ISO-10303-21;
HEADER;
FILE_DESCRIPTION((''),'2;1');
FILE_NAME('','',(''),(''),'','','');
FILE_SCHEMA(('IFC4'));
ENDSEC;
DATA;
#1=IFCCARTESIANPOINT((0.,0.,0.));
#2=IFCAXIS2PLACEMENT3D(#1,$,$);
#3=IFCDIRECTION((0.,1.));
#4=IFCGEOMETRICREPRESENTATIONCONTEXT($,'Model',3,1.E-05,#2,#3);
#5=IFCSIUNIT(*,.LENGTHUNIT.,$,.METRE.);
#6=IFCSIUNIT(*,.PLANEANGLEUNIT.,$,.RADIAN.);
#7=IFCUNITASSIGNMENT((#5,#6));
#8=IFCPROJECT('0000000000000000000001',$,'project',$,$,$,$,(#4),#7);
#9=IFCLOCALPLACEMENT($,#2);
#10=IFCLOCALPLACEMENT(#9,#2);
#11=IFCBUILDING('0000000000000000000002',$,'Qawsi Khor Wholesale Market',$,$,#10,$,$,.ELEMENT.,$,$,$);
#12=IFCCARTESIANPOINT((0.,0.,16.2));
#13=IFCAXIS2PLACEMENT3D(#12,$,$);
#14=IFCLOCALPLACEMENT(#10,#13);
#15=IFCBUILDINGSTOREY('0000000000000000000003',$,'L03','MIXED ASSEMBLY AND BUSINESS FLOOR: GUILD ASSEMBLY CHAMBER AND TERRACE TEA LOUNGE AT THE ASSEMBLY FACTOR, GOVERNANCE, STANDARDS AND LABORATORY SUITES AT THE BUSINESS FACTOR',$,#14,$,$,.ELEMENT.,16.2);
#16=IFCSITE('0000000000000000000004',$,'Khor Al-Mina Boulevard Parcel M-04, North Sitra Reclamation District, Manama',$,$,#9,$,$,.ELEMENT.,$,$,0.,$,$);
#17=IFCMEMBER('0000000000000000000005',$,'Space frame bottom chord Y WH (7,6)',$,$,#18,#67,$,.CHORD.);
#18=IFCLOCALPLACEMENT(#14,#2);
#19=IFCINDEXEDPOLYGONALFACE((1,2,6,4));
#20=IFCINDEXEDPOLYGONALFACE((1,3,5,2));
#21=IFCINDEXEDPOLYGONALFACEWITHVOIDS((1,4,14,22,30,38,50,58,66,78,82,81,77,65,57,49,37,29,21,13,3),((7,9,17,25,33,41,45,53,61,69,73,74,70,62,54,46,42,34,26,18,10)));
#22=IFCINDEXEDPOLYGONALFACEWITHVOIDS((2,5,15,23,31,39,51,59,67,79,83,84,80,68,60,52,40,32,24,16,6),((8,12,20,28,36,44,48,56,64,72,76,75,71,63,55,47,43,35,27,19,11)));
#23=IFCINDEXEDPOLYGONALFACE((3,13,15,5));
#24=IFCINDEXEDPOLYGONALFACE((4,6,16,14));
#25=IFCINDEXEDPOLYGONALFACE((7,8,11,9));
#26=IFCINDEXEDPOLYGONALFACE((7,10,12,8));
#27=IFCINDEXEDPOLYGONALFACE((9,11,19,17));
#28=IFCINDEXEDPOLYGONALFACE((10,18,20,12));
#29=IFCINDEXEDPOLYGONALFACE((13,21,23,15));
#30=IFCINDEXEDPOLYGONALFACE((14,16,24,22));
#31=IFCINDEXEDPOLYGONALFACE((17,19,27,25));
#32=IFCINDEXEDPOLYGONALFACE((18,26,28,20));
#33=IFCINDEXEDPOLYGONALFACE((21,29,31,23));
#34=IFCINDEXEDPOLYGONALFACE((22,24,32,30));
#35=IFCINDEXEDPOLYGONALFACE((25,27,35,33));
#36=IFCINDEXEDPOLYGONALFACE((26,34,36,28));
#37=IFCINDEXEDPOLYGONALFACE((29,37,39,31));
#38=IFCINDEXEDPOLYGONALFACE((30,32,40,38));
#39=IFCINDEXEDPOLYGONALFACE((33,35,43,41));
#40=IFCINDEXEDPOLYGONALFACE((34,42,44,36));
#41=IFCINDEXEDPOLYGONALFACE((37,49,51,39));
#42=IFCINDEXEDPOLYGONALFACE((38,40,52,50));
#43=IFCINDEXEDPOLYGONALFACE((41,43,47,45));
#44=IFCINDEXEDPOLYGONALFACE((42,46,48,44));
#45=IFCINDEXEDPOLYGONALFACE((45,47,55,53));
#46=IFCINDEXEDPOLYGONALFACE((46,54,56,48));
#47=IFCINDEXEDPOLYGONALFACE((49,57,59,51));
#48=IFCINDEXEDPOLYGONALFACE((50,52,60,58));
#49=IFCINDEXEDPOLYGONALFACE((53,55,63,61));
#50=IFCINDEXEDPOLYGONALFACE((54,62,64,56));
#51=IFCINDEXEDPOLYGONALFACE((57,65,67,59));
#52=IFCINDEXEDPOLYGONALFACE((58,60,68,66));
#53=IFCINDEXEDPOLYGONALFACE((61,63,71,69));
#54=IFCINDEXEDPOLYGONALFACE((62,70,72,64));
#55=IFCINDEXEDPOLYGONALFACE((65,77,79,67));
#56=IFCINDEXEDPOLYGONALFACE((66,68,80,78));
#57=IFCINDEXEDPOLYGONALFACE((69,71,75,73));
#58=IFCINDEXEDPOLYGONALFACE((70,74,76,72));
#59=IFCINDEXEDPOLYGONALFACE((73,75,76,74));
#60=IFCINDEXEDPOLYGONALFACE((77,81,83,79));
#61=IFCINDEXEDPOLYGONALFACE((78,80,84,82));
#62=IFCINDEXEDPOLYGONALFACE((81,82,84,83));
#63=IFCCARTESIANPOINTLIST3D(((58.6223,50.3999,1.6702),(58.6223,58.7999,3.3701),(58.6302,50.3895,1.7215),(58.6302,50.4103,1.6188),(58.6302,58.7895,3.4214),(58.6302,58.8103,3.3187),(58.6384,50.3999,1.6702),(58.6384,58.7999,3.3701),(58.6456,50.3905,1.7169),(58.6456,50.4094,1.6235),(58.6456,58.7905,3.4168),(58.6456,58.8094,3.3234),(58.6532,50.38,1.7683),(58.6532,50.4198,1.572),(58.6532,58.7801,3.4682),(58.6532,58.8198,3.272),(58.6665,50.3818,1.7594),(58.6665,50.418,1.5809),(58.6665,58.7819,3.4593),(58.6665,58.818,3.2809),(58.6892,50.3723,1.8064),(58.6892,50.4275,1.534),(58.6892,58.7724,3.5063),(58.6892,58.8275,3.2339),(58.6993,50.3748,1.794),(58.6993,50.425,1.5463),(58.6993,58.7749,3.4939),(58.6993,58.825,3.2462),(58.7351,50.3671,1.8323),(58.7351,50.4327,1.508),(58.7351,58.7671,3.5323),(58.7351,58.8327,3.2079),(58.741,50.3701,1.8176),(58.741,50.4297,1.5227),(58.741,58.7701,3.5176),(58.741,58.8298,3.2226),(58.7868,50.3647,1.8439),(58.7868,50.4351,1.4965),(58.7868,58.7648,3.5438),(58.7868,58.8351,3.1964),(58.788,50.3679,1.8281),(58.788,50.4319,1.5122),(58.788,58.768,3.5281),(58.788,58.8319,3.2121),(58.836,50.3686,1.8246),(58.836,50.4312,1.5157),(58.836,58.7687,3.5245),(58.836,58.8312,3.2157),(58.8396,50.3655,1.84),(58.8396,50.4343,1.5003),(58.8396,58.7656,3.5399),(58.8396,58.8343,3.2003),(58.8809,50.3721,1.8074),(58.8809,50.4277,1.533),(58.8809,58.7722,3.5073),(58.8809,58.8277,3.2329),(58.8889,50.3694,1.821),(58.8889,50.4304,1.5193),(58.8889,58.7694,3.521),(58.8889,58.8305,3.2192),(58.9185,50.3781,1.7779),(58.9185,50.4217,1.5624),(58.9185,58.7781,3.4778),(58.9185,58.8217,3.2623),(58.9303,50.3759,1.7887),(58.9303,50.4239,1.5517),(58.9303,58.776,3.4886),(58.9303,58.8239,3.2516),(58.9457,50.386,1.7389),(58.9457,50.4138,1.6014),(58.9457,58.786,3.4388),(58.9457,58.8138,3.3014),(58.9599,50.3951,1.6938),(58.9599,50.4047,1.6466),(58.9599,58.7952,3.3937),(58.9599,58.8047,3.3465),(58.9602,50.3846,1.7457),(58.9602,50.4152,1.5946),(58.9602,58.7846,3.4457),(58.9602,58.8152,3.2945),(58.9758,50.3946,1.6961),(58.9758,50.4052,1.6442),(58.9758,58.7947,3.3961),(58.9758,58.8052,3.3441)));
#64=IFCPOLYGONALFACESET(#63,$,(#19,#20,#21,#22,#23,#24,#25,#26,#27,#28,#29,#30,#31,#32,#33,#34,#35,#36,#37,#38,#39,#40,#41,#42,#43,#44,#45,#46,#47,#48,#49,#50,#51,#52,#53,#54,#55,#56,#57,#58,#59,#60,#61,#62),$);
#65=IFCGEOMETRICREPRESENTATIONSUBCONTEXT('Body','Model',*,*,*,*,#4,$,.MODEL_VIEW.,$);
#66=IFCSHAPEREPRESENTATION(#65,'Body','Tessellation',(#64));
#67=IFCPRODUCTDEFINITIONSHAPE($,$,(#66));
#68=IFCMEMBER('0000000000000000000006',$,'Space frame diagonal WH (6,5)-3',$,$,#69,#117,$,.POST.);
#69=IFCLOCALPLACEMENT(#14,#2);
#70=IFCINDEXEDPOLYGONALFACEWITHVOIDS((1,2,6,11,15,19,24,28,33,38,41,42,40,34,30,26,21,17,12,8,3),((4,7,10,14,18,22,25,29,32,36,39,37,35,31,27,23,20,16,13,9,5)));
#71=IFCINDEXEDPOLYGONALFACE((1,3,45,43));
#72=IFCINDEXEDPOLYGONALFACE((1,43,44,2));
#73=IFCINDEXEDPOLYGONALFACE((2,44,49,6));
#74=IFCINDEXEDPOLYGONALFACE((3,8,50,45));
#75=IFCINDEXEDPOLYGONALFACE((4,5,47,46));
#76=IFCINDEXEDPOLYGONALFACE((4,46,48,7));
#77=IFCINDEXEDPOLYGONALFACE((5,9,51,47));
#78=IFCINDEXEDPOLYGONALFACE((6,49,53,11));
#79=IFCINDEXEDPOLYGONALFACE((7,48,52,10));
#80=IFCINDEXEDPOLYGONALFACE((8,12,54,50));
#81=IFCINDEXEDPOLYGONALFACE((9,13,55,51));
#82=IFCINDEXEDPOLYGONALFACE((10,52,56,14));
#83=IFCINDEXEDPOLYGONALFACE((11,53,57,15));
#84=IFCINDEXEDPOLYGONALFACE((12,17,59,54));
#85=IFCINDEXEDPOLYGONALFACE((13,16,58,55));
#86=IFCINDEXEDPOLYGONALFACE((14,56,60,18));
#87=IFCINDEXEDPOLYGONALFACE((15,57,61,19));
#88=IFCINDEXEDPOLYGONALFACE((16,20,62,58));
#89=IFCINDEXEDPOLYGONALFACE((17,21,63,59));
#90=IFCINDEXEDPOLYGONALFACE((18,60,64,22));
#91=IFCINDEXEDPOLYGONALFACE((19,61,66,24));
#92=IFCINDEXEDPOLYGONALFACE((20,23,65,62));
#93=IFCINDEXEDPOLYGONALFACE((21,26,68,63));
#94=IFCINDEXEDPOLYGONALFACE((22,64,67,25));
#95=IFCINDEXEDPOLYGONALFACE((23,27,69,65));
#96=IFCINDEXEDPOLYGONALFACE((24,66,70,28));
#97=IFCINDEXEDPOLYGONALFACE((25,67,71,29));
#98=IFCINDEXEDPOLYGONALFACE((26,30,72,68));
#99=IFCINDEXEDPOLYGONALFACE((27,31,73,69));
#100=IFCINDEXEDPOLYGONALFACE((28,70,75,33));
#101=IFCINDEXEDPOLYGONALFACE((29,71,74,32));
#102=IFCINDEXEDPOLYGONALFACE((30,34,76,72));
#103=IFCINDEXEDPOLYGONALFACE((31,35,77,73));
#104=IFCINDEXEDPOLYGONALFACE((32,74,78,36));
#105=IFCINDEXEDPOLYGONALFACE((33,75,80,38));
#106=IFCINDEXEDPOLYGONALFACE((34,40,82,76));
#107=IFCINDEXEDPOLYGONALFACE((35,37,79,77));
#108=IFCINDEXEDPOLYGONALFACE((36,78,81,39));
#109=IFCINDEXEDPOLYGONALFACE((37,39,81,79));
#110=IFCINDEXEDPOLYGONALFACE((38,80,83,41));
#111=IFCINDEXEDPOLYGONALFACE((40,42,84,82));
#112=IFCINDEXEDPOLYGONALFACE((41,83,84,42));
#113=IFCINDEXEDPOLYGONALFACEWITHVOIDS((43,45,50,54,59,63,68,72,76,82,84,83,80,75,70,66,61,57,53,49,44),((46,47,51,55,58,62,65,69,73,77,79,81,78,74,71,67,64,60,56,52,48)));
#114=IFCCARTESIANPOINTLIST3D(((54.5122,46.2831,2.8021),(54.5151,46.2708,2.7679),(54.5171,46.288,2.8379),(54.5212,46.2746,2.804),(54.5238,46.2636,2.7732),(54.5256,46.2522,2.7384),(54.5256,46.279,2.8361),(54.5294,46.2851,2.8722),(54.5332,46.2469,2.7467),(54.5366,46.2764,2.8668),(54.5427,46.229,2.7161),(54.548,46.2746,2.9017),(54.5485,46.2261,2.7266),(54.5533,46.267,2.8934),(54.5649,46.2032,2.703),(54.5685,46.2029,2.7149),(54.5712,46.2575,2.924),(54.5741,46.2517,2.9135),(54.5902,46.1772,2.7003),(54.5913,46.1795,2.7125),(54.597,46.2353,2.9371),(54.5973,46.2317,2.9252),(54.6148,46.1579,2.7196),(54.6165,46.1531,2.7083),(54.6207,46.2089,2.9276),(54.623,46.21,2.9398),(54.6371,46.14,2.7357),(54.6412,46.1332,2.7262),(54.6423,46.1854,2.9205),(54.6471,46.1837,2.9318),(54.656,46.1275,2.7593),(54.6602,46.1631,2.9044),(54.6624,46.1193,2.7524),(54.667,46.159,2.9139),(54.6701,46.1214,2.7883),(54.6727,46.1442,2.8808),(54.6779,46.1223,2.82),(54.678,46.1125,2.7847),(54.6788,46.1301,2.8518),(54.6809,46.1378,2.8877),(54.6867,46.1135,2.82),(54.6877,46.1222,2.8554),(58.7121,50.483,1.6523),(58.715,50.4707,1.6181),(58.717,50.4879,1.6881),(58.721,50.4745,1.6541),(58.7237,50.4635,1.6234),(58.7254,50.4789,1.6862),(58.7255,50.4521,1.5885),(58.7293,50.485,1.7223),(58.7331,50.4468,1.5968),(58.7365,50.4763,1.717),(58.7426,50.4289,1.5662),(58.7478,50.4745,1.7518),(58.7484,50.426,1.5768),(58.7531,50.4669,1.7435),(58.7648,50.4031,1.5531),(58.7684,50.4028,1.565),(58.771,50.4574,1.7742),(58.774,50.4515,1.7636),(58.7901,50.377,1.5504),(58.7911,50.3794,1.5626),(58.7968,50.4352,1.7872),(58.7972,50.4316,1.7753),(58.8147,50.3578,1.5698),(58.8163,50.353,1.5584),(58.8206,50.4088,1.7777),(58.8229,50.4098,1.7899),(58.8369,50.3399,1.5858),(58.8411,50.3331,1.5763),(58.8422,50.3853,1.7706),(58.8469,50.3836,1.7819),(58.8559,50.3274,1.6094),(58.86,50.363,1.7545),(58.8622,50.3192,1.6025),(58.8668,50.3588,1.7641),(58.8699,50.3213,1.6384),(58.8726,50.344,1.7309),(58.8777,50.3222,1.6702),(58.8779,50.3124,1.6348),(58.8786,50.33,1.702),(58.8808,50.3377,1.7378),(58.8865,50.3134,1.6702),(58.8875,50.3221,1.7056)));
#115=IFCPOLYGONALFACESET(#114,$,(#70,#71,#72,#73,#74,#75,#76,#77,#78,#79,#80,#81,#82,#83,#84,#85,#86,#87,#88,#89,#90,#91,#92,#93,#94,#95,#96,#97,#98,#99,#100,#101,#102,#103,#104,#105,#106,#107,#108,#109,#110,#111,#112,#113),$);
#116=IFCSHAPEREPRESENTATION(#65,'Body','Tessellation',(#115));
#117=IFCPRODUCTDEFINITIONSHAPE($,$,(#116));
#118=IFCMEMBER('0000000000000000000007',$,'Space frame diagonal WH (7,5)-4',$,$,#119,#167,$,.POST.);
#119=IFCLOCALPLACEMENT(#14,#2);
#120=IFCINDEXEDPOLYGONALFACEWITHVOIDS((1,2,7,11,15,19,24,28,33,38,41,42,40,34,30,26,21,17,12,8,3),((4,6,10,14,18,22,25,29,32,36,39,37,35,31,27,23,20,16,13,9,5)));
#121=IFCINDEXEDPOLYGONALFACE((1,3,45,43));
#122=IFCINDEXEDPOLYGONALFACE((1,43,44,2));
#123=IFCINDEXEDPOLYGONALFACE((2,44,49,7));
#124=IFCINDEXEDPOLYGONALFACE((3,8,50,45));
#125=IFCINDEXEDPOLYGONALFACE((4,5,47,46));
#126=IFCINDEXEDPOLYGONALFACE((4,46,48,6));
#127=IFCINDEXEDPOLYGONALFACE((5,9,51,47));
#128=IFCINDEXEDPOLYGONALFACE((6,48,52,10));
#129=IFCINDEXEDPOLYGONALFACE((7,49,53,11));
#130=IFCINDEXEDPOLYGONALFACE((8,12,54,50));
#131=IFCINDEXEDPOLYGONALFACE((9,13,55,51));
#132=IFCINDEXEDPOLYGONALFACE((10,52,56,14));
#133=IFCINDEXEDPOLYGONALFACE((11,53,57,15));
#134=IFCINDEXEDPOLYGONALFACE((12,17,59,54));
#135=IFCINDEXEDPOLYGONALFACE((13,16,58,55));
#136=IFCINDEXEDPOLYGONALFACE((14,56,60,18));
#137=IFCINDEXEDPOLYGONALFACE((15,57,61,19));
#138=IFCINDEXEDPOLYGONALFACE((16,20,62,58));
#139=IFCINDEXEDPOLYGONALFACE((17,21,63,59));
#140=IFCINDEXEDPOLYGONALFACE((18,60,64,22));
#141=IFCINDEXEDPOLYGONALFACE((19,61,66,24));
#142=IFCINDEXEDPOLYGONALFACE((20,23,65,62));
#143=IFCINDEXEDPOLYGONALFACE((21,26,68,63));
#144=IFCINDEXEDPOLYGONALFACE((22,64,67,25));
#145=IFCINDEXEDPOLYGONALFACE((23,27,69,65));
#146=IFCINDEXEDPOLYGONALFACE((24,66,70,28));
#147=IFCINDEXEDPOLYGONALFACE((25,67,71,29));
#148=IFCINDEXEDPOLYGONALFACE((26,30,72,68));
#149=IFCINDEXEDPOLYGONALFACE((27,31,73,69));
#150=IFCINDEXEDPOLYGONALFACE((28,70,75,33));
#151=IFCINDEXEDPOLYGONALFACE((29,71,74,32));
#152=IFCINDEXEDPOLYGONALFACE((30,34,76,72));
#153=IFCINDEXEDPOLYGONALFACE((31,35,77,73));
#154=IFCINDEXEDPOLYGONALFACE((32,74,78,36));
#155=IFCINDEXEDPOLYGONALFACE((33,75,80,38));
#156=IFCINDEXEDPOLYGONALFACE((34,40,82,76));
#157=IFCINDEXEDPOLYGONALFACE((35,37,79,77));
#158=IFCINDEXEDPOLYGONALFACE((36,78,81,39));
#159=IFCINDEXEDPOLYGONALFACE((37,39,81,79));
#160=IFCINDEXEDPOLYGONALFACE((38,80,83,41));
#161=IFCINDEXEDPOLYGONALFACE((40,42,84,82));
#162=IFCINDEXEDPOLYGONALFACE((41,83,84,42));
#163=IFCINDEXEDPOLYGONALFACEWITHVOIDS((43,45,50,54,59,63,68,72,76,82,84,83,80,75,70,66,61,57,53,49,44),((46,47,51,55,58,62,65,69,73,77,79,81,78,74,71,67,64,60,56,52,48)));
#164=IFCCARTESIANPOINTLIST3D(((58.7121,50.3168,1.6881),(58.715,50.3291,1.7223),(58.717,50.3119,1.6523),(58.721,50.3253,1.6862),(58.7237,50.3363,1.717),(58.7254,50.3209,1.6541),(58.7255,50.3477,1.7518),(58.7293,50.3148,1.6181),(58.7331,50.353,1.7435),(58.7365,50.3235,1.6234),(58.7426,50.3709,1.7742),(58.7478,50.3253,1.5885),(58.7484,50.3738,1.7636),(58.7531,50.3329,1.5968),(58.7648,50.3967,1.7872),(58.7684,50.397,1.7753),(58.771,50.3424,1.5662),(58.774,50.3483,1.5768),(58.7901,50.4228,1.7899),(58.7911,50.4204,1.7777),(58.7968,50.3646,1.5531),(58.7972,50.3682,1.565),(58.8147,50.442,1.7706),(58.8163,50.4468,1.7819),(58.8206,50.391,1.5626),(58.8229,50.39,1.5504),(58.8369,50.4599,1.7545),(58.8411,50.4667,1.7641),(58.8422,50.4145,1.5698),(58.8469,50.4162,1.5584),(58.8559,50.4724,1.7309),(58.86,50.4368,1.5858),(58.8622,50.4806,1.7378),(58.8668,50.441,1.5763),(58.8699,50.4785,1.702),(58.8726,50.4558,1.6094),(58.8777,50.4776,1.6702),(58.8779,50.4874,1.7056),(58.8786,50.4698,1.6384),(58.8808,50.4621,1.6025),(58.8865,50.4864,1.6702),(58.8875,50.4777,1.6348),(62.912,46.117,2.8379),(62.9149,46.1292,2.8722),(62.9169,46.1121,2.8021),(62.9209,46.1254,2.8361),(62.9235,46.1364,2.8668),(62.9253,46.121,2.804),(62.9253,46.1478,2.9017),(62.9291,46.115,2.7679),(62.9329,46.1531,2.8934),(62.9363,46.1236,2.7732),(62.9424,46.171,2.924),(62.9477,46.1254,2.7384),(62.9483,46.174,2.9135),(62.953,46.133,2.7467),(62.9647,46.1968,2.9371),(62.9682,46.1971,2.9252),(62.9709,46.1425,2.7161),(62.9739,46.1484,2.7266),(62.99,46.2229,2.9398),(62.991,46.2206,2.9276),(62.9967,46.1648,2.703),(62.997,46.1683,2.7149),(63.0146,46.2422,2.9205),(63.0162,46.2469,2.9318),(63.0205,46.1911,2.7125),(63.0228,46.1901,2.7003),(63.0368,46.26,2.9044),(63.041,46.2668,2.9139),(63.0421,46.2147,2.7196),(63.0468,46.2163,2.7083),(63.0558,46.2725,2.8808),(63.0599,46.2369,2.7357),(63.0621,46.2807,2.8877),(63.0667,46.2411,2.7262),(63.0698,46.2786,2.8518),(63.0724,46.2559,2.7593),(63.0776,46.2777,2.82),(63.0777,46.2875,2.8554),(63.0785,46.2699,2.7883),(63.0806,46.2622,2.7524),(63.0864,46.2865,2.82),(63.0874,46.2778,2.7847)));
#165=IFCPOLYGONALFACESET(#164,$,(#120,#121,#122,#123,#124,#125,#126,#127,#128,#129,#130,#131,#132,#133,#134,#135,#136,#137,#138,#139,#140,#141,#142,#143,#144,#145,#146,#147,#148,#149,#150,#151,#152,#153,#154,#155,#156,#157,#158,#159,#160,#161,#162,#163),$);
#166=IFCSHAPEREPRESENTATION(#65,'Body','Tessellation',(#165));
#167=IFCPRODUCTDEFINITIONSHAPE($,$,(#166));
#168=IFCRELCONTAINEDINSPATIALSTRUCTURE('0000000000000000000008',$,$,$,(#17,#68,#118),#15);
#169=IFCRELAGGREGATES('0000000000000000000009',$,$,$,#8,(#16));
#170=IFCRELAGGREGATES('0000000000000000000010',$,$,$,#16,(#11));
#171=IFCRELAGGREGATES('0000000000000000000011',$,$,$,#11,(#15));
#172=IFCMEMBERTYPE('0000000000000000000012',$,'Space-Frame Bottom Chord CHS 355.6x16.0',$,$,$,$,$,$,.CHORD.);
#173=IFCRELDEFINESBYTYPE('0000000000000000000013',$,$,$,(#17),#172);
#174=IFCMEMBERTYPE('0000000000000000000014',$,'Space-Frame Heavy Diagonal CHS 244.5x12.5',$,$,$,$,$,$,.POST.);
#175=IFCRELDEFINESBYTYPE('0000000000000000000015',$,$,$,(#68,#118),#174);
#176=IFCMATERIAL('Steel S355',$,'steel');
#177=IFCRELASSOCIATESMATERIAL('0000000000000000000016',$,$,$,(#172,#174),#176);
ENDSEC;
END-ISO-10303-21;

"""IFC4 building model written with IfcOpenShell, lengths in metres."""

from ifc_helpers import new_model, si_unit, direction, frame, origin, origin_2d, place, context, subcontext, project, spatial, hollow_circle, extrude, material, material_profile, profile_set, type_object, element, save


model = new_model("IFC4")

# Units and contexts
model_context = context("Model", 3, precision=1e-05, world=origin(), true_north=direction((0.0, 1.0)))
body_context = subcontext(model_context, "Body", "Model", "MODEL_VIEW")
ifc_project = project(units=[si_unit("LENGTHUNIT", "METRE"), si_unit("PLANEANGLEUNIT", "RADIAN")], contexts=[model_context])

# Site, building, storey
site_placement = place(None, origin())
site = spatial("IfcSite", under=ifc_project, at=site_placement, Name="Khor Al-Mina Boulevard Parcel M-04, North Sitra Reclamation District, Manama", CompositionType="ELEMENT", RefElevation=0.0)
building_placement = place(site_placement, origin())
building = spatial("IfcBuilding", under=site, at=building_placement, Name="Qawsi Khor Wholesale Market", CompositionType="ELEMENT")
storey_placement = place(building_placement, frame((0.0, 0.0, 16.2)))
storey = spatial("IfcBuildingStorey", under=building, at=storey_placement, Name="L03", Description="MIXED ASSEMBLY AND BUSINESS FLOOR: GUILD ASSEMBLY CHAMBER AND TERRACE TEA LOUNGE AT THE ASSEMBLY FACTOR, GOVERNANCE, STANDARDS AND LABORATORY SUITES AT THE BUSINESS FACTOR", CompositionType="ELEMENT", Elevation=16.2)

# Members
ifc_material_1 = material(Name="Steel S355", Category="steel")
ifc_material_profile_1 = material_profile(ifc_material_1, hollow_circle(Radius=0.1777, WallThickness=0.0161, at=origin_2d()), Name="CHS 355.6x16.0")
ifc_profile_set_1 = profile_set([ifc_material_profile_1], Name="Steel S355")
member_type_1 = type_object("IfcMemberType", Name="Space-Frame Bottom Chord CHS 355.6x16.0", PredefinedType="CHORD", material=ifc_profile_set_1)
for number, where, z_axis, x_axis, name in (
    (1, (58.8, 50.3999, 1.6702), (0.0, 0.980131, 0.198351), (-1.0, 0.0, 0.0), "Space frame bottom chord Y WH (7,6)"),
):
    element("IfcMember", number, at=place(storey_placement, frame(where, z_axis=z_axis, x_axis=x_axis)), inside=storey, type_object=member_type_1, Name=name, PredefinedType="CHORD", context=body_context, shape_type="SweptSolid", body=[
        extrude(hollow_circle(Radius=0.1777, WallThickness=0.0161, at=origin_2d()), origin(), (0.0, 0.0, 1.0), 8.5703),
    ])
ifc_material_profile_2 = material_profile(ifc_material_1, hollow_circle(Radius=0.1223, WallThickness=0.0125, at=origin_2d()), Name="CHS 244.5x12.5")
ifc_profile_set_2 = profile_set([ifc_material_profile_2], Name="Steel S355")
member_type_2 = type_object("IfcMemberType", Name="Space-Frame Heavy Diagonal CHS 244.5x12.5", PredefinedType="POST", material=ifc_profile_set_2)
for number, where, z_axis, x_axis, name in (
    (2, (58.8, 50.3999, 1.6702), (-0.694217, -0.694217, 0.190069), (0.707107, -0.707107, 0.0), "Space frame diagonal WH (6,5)-3"),
    (3, (58.8, 50.3999, 1.6702), (0.694217, -0.694217, 0.190069), (0.707107, 0.707107, 0.0), "Space frame diagonal WH (7,5)-4"),
):
    element("IfcMember", number, at=place(storey_placement, frame(where, z_axis=z_axis, x_axis=x_axis)), inside=storey, type_object=member_type_2, Name=name, PredefinedType="POST", context=body_context, shape_type="SweptSolid", body=[
        extrude(hollow_circle(Radius=0.1223, WallThickness=0.0125, at=origin_2d()), origin(), (0.0, 0.0, 1.0), 6.0498),
    ])

save(model, "model.ifc")
